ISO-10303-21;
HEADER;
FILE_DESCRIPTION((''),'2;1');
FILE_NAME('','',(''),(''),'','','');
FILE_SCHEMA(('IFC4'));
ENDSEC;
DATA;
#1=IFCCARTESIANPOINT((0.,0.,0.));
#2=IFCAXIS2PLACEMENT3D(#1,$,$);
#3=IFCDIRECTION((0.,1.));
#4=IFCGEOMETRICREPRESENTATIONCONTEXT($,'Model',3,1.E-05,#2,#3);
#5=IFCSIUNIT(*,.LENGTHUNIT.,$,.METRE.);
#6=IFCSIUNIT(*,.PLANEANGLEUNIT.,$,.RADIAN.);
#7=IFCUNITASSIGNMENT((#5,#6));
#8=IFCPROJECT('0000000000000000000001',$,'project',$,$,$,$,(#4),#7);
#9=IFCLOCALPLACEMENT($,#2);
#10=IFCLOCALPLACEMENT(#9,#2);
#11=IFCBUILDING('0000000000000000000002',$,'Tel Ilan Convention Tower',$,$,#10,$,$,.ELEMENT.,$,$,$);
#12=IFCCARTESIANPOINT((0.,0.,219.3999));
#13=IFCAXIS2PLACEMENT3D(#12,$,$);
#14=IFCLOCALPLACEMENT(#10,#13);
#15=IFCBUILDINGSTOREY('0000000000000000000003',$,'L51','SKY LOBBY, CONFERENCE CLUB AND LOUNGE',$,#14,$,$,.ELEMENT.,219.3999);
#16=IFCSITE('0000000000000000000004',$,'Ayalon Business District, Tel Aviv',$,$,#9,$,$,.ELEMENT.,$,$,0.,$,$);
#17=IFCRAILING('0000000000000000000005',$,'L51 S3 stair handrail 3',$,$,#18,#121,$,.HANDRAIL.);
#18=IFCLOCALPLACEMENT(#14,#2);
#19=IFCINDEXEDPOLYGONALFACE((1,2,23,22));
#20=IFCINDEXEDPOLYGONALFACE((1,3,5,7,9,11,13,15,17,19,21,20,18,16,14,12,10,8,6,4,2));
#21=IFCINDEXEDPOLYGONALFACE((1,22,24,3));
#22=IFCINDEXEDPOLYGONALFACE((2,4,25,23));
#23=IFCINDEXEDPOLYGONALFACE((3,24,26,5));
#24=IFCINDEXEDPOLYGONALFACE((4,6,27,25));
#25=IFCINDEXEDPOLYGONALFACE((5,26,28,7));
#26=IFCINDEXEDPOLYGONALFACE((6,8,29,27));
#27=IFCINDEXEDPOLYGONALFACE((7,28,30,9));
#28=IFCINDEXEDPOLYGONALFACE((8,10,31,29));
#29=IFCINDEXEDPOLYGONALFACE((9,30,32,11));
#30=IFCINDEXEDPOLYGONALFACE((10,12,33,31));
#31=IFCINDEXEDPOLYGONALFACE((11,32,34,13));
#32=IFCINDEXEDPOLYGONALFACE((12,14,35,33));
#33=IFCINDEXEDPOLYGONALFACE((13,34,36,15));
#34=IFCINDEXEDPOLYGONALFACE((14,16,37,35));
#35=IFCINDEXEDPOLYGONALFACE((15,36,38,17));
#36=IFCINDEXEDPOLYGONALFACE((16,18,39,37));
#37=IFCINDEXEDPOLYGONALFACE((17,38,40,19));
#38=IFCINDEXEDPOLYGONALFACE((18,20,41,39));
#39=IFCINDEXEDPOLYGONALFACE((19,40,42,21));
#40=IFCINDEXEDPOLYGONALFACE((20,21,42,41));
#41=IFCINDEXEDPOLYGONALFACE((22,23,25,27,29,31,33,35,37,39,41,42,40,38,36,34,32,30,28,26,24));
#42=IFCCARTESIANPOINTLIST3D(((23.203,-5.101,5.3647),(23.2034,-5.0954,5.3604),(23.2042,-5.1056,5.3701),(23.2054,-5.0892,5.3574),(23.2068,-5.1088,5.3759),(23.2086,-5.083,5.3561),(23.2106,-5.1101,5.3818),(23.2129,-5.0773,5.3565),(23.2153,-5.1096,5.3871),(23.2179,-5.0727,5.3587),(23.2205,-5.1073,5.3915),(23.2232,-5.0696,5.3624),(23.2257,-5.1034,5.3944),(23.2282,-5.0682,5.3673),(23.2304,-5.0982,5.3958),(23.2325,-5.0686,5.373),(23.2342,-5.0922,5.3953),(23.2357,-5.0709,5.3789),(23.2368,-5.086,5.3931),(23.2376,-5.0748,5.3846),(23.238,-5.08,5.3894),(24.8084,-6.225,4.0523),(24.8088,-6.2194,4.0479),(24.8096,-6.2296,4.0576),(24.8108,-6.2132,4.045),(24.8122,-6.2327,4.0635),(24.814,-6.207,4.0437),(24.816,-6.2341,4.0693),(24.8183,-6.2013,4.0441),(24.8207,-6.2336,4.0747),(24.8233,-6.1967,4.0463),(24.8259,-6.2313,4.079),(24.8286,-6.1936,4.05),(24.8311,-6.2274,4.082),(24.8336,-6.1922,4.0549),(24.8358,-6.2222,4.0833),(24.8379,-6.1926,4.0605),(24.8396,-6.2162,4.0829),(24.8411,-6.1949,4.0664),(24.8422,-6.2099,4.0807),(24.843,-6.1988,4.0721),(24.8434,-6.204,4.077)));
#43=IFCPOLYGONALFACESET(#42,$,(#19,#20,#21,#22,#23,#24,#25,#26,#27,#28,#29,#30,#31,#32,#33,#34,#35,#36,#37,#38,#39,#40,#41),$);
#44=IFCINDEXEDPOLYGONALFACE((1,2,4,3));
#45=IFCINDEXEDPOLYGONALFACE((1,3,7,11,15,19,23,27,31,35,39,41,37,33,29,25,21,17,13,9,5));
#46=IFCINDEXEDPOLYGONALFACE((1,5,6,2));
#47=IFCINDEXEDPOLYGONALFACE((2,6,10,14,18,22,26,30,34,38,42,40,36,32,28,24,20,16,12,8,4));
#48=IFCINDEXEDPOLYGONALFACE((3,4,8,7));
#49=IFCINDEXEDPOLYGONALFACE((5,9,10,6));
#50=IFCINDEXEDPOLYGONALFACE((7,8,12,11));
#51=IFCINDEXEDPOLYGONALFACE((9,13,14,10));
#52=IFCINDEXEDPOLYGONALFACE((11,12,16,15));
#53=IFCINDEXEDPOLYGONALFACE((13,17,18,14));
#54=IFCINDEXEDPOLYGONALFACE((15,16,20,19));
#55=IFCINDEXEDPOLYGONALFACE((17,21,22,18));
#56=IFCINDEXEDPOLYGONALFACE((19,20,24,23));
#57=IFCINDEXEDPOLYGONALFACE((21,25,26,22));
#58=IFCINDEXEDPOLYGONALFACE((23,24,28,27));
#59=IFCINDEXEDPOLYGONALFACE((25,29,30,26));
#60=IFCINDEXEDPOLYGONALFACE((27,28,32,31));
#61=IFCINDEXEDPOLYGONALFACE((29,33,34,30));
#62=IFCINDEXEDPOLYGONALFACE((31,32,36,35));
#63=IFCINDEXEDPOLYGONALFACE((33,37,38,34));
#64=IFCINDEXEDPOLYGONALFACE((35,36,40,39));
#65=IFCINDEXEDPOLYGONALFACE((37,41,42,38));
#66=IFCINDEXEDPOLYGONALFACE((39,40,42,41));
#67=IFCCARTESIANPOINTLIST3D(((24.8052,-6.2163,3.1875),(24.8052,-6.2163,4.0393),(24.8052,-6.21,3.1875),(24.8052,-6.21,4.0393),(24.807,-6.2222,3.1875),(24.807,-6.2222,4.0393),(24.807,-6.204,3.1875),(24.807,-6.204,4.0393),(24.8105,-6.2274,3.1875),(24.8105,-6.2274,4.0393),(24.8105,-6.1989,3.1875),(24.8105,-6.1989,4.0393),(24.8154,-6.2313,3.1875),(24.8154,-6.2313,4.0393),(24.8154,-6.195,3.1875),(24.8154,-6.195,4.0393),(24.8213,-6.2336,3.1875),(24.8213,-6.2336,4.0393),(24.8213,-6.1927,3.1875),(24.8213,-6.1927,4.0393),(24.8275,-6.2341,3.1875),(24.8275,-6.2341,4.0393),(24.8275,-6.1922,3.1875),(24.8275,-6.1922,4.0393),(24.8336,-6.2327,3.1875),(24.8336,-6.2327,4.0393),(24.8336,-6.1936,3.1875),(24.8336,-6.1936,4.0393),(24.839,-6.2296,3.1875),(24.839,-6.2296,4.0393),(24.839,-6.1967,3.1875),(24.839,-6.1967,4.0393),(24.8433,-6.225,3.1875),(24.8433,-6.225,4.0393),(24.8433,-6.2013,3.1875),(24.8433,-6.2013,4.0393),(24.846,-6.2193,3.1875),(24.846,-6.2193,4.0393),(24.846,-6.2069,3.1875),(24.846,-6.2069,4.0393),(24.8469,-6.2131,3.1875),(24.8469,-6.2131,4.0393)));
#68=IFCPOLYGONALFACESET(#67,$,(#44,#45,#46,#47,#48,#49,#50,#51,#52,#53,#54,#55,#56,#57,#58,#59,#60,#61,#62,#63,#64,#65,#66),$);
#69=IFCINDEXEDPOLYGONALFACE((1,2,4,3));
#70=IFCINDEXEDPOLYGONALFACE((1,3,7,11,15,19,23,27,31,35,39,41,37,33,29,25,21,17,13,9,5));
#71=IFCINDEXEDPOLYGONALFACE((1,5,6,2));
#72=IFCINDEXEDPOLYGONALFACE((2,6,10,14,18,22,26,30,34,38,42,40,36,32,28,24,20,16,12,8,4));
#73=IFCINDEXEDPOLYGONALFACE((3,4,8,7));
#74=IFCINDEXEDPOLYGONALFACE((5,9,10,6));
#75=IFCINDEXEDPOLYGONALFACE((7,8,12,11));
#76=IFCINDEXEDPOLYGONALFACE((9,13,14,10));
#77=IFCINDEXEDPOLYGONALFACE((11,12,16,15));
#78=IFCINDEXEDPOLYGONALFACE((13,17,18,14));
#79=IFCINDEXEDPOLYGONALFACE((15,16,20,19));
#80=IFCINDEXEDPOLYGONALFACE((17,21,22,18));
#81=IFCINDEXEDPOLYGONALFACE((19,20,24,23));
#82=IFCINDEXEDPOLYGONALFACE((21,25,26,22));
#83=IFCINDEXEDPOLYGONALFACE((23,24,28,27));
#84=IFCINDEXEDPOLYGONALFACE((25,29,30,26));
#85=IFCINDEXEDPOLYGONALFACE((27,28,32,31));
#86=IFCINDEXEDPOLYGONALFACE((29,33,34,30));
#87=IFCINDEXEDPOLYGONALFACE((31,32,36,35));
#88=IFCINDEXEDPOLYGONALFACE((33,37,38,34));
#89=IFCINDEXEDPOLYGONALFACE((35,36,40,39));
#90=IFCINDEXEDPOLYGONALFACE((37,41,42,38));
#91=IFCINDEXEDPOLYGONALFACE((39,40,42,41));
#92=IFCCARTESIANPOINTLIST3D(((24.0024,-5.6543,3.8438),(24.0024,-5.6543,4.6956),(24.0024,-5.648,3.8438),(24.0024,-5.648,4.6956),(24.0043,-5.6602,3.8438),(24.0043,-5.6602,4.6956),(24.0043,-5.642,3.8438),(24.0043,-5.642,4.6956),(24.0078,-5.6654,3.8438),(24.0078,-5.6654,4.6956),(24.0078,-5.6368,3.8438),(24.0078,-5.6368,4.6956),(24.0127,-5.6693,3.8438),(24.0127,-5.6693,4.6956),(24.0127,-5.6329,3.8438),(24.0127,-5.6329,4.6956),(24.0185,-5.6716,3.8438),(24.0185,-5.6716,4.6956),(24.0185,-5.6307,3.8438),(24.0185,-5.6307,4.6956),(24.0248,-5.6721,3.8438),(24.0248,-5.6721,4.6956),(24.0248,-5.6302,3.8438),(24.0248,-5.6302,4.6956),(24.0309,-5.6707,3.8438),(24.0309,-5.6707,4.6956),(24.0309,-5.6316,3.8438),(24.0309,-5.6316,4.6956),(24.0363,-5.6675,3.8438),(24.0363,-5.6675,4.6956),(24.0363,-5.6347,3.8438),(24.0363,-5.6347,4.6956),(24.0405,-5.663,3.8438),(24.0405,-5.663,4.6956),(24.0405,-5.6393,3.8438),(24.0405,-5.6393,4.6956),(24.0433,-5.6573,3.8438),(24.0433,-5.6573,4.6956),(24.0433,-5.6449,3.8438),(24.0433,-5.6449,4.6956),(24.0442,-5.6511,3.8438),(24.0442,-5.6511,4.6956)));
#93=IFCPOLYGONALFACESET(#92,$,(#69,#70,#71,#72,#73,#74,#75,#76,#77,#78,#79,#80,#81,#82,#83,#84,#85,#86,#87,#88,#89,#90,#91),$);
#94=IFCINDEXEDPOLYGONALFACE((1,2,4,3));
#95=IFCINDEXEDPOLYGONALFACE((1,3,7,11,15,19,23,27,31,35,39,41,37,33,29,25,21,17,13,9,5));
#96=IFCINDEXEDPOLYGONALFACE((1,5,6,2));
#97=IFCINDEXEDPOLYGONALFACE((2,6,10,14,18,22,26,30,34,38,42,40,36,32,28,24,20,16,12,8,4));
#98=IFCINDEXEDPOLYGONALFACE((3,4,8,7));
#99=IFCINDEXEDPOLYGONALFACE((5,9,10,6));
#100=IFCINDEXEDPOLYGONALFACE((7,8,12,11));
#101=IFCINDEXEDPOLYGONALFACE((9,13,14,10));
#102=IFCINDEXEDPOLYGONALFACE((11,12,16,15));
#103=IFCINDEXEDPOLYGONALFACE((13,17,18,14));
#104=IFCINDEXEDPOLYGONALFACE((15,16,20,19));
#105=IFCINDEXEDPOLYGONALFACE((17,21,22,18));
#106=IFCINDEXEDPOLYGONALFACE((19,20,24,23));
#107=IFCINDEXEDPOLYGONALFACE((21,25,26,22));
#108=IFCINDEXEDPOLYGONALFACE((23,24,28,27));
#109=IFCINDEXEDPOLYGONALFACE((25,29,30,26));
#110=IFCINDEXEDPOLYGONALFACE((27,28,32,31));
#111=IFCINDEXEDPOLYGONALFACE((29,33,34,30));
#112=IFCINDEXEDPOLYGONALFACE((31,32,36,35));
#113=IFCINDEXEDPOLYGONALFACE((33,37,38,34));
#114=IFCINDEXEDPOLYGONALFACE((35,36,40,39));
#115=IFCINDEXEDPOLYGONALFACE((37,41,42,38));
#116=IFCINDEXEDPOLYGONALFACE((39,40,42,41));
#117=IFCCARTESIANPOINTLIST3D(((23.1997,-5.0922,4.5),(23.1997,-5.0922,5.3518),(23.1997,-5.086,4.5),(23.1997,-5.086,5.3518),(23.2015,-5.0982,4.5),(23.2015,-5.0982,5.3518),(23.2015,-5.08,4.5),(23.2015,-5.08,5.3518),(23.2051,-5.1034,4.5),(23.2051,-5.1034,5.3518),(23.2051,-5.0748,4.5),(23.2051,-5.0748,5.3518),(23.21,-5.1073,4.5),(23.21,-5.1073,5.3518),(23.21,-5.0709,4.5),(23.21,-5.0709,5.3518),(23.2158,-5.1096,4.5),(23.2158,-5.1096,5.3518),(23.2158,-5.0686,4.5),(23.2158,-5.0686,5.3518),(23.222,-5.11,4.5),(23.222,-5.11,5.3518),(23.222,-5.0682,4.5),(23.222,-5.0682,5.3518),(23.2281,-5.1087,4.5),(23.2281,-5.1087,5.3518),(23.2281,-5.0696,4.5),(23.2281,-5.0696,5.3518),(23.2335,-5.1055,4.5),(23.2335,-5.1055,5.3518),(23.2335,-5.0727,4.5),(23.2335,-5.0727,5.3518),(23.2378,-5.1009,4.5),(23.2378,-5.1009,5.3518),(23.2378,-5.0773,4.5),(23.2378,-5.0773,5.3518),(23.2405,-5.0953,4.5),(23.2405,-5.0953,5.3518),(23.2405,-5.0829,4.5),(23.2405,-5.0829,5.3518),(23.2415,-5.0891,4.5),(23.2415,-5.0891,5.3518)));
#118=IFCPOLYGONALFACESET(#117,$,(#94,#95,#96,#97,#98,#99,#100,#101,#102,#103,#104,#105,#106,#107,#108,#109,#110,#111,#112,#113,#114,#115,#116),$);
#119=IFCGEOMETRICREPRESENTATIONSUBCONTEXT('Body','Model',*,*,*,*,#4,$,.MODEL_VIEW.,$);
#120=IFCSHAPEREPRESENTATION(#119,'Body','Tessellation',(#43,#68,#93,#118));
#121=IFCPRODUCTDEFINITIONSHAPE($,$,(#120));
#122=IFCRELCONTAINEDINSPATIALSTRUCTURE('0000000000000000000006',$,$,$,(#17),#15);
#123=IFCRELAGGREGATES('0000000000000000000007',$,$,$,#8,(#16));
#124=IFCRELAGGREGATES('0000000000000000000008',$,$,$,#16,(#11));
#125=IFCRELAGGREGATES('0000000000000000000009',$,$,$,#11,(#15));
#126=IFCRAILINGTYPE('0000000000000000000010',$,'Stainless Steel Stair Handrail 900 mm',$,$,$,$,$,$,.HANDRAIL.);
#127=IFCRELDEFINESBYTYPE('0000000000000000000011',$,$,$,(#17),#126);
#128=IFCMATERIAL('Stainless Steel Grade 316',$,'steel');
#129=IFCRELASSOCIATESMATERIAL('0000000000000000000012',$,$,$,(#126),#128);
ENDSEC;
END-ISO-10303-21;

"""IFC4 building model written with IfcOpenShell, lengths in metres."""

from ifc_helpers import new_model, si_unit, direction, frame, origin, origin_2d, place, context, subcontext, project, spatial, circle, extrude, material, type_object, element, save


model = new_model("IFC4")

# Units and contexts
model_context = context("Model", 3, precision=1e-05, world=origin(), true_north=direction((0.0, 1.0)))
body_context = subcontext(model_context, "Body", "Model", "MODEL_VIEW")
ifc_project = project(units=[si_unit("LENGTHUNIT", "METRE"), si_unit("PLANEANGLEUNIT", "RADIAN")], contexts=[model_context])

# Site, building, storey
site_placement = place(None, origin())
site = spatial("IfcSite", under=ifc_project, at=site_placement, Name="Ayalon Business District, Tel Aviv", CompositionType="ELEMENT", RefElevation=0.0)
building_placement = place(site_placement, origin())
building = spatial("IfcBuilding", under=site, at=building_placement, Name="Tel Ilan Convention Tower", CompositionType="ELEMENT")
storey_placement = place(building_placement, frame((0.0, 0.0, 219.3999)))
storey = spatial("IfcBuildingStorey", under=building, at=storey_placement, Name="L51", Description="SKY LOBBY, CONFERENCE CLUB AND LOUNGE", CompositionType="ELEMENT", Elevation=219.3999)

# Railing
ifc_material_1 = material(Name="Stainless Steel Grade 316", Category="steel")
railing_type_1 = type_object("IfcRailingType", Name="Stainless Steel Stair Handrail 900 mm", PredefinedType="HANDRAIL", material=ifc_material_1)
for number, where, name in (
    (1, (24.8259, -6.2131, 3.1875), "L51 S3 stair handrail 3"),
):
    element("IfcRailing", number, at=place(storey_placement, frame(where)), inside=storey, type_object=railing_type_1, Name=name, PredefinedType="HANDRAIL", context=body_context, shape_type="SweptSolid", body=[
        extrude(circle(Radius=0.0239, at=origin_2d()), frame((0.0, 0.0, 0.876), z_axis=(-0.680649, 0.476537, 0.556443), x_axis=(-0.573529, -0.819185, 0.0)), (0.0, 0.0, 1.0), 2.3586),
        extrude(circle(Radius=0.021, at=origin_2d()), origin(), (0.0, 0.0, 1.0), 0.8518),
        extrude(circle(Radius=0.021, at=origin_2d()), frame((-0.8027, 0.562, 0.6562)), (0.0, 0.0, 1.0), 0.8518),
        extrude(circle(Radius=0.021, at=origin_2d()), frame((-1.6055, 1.124, 1.3125)), (0.0, 0.0, 1.0), 0.8518),
    ])

save(model, "model.ifc")
